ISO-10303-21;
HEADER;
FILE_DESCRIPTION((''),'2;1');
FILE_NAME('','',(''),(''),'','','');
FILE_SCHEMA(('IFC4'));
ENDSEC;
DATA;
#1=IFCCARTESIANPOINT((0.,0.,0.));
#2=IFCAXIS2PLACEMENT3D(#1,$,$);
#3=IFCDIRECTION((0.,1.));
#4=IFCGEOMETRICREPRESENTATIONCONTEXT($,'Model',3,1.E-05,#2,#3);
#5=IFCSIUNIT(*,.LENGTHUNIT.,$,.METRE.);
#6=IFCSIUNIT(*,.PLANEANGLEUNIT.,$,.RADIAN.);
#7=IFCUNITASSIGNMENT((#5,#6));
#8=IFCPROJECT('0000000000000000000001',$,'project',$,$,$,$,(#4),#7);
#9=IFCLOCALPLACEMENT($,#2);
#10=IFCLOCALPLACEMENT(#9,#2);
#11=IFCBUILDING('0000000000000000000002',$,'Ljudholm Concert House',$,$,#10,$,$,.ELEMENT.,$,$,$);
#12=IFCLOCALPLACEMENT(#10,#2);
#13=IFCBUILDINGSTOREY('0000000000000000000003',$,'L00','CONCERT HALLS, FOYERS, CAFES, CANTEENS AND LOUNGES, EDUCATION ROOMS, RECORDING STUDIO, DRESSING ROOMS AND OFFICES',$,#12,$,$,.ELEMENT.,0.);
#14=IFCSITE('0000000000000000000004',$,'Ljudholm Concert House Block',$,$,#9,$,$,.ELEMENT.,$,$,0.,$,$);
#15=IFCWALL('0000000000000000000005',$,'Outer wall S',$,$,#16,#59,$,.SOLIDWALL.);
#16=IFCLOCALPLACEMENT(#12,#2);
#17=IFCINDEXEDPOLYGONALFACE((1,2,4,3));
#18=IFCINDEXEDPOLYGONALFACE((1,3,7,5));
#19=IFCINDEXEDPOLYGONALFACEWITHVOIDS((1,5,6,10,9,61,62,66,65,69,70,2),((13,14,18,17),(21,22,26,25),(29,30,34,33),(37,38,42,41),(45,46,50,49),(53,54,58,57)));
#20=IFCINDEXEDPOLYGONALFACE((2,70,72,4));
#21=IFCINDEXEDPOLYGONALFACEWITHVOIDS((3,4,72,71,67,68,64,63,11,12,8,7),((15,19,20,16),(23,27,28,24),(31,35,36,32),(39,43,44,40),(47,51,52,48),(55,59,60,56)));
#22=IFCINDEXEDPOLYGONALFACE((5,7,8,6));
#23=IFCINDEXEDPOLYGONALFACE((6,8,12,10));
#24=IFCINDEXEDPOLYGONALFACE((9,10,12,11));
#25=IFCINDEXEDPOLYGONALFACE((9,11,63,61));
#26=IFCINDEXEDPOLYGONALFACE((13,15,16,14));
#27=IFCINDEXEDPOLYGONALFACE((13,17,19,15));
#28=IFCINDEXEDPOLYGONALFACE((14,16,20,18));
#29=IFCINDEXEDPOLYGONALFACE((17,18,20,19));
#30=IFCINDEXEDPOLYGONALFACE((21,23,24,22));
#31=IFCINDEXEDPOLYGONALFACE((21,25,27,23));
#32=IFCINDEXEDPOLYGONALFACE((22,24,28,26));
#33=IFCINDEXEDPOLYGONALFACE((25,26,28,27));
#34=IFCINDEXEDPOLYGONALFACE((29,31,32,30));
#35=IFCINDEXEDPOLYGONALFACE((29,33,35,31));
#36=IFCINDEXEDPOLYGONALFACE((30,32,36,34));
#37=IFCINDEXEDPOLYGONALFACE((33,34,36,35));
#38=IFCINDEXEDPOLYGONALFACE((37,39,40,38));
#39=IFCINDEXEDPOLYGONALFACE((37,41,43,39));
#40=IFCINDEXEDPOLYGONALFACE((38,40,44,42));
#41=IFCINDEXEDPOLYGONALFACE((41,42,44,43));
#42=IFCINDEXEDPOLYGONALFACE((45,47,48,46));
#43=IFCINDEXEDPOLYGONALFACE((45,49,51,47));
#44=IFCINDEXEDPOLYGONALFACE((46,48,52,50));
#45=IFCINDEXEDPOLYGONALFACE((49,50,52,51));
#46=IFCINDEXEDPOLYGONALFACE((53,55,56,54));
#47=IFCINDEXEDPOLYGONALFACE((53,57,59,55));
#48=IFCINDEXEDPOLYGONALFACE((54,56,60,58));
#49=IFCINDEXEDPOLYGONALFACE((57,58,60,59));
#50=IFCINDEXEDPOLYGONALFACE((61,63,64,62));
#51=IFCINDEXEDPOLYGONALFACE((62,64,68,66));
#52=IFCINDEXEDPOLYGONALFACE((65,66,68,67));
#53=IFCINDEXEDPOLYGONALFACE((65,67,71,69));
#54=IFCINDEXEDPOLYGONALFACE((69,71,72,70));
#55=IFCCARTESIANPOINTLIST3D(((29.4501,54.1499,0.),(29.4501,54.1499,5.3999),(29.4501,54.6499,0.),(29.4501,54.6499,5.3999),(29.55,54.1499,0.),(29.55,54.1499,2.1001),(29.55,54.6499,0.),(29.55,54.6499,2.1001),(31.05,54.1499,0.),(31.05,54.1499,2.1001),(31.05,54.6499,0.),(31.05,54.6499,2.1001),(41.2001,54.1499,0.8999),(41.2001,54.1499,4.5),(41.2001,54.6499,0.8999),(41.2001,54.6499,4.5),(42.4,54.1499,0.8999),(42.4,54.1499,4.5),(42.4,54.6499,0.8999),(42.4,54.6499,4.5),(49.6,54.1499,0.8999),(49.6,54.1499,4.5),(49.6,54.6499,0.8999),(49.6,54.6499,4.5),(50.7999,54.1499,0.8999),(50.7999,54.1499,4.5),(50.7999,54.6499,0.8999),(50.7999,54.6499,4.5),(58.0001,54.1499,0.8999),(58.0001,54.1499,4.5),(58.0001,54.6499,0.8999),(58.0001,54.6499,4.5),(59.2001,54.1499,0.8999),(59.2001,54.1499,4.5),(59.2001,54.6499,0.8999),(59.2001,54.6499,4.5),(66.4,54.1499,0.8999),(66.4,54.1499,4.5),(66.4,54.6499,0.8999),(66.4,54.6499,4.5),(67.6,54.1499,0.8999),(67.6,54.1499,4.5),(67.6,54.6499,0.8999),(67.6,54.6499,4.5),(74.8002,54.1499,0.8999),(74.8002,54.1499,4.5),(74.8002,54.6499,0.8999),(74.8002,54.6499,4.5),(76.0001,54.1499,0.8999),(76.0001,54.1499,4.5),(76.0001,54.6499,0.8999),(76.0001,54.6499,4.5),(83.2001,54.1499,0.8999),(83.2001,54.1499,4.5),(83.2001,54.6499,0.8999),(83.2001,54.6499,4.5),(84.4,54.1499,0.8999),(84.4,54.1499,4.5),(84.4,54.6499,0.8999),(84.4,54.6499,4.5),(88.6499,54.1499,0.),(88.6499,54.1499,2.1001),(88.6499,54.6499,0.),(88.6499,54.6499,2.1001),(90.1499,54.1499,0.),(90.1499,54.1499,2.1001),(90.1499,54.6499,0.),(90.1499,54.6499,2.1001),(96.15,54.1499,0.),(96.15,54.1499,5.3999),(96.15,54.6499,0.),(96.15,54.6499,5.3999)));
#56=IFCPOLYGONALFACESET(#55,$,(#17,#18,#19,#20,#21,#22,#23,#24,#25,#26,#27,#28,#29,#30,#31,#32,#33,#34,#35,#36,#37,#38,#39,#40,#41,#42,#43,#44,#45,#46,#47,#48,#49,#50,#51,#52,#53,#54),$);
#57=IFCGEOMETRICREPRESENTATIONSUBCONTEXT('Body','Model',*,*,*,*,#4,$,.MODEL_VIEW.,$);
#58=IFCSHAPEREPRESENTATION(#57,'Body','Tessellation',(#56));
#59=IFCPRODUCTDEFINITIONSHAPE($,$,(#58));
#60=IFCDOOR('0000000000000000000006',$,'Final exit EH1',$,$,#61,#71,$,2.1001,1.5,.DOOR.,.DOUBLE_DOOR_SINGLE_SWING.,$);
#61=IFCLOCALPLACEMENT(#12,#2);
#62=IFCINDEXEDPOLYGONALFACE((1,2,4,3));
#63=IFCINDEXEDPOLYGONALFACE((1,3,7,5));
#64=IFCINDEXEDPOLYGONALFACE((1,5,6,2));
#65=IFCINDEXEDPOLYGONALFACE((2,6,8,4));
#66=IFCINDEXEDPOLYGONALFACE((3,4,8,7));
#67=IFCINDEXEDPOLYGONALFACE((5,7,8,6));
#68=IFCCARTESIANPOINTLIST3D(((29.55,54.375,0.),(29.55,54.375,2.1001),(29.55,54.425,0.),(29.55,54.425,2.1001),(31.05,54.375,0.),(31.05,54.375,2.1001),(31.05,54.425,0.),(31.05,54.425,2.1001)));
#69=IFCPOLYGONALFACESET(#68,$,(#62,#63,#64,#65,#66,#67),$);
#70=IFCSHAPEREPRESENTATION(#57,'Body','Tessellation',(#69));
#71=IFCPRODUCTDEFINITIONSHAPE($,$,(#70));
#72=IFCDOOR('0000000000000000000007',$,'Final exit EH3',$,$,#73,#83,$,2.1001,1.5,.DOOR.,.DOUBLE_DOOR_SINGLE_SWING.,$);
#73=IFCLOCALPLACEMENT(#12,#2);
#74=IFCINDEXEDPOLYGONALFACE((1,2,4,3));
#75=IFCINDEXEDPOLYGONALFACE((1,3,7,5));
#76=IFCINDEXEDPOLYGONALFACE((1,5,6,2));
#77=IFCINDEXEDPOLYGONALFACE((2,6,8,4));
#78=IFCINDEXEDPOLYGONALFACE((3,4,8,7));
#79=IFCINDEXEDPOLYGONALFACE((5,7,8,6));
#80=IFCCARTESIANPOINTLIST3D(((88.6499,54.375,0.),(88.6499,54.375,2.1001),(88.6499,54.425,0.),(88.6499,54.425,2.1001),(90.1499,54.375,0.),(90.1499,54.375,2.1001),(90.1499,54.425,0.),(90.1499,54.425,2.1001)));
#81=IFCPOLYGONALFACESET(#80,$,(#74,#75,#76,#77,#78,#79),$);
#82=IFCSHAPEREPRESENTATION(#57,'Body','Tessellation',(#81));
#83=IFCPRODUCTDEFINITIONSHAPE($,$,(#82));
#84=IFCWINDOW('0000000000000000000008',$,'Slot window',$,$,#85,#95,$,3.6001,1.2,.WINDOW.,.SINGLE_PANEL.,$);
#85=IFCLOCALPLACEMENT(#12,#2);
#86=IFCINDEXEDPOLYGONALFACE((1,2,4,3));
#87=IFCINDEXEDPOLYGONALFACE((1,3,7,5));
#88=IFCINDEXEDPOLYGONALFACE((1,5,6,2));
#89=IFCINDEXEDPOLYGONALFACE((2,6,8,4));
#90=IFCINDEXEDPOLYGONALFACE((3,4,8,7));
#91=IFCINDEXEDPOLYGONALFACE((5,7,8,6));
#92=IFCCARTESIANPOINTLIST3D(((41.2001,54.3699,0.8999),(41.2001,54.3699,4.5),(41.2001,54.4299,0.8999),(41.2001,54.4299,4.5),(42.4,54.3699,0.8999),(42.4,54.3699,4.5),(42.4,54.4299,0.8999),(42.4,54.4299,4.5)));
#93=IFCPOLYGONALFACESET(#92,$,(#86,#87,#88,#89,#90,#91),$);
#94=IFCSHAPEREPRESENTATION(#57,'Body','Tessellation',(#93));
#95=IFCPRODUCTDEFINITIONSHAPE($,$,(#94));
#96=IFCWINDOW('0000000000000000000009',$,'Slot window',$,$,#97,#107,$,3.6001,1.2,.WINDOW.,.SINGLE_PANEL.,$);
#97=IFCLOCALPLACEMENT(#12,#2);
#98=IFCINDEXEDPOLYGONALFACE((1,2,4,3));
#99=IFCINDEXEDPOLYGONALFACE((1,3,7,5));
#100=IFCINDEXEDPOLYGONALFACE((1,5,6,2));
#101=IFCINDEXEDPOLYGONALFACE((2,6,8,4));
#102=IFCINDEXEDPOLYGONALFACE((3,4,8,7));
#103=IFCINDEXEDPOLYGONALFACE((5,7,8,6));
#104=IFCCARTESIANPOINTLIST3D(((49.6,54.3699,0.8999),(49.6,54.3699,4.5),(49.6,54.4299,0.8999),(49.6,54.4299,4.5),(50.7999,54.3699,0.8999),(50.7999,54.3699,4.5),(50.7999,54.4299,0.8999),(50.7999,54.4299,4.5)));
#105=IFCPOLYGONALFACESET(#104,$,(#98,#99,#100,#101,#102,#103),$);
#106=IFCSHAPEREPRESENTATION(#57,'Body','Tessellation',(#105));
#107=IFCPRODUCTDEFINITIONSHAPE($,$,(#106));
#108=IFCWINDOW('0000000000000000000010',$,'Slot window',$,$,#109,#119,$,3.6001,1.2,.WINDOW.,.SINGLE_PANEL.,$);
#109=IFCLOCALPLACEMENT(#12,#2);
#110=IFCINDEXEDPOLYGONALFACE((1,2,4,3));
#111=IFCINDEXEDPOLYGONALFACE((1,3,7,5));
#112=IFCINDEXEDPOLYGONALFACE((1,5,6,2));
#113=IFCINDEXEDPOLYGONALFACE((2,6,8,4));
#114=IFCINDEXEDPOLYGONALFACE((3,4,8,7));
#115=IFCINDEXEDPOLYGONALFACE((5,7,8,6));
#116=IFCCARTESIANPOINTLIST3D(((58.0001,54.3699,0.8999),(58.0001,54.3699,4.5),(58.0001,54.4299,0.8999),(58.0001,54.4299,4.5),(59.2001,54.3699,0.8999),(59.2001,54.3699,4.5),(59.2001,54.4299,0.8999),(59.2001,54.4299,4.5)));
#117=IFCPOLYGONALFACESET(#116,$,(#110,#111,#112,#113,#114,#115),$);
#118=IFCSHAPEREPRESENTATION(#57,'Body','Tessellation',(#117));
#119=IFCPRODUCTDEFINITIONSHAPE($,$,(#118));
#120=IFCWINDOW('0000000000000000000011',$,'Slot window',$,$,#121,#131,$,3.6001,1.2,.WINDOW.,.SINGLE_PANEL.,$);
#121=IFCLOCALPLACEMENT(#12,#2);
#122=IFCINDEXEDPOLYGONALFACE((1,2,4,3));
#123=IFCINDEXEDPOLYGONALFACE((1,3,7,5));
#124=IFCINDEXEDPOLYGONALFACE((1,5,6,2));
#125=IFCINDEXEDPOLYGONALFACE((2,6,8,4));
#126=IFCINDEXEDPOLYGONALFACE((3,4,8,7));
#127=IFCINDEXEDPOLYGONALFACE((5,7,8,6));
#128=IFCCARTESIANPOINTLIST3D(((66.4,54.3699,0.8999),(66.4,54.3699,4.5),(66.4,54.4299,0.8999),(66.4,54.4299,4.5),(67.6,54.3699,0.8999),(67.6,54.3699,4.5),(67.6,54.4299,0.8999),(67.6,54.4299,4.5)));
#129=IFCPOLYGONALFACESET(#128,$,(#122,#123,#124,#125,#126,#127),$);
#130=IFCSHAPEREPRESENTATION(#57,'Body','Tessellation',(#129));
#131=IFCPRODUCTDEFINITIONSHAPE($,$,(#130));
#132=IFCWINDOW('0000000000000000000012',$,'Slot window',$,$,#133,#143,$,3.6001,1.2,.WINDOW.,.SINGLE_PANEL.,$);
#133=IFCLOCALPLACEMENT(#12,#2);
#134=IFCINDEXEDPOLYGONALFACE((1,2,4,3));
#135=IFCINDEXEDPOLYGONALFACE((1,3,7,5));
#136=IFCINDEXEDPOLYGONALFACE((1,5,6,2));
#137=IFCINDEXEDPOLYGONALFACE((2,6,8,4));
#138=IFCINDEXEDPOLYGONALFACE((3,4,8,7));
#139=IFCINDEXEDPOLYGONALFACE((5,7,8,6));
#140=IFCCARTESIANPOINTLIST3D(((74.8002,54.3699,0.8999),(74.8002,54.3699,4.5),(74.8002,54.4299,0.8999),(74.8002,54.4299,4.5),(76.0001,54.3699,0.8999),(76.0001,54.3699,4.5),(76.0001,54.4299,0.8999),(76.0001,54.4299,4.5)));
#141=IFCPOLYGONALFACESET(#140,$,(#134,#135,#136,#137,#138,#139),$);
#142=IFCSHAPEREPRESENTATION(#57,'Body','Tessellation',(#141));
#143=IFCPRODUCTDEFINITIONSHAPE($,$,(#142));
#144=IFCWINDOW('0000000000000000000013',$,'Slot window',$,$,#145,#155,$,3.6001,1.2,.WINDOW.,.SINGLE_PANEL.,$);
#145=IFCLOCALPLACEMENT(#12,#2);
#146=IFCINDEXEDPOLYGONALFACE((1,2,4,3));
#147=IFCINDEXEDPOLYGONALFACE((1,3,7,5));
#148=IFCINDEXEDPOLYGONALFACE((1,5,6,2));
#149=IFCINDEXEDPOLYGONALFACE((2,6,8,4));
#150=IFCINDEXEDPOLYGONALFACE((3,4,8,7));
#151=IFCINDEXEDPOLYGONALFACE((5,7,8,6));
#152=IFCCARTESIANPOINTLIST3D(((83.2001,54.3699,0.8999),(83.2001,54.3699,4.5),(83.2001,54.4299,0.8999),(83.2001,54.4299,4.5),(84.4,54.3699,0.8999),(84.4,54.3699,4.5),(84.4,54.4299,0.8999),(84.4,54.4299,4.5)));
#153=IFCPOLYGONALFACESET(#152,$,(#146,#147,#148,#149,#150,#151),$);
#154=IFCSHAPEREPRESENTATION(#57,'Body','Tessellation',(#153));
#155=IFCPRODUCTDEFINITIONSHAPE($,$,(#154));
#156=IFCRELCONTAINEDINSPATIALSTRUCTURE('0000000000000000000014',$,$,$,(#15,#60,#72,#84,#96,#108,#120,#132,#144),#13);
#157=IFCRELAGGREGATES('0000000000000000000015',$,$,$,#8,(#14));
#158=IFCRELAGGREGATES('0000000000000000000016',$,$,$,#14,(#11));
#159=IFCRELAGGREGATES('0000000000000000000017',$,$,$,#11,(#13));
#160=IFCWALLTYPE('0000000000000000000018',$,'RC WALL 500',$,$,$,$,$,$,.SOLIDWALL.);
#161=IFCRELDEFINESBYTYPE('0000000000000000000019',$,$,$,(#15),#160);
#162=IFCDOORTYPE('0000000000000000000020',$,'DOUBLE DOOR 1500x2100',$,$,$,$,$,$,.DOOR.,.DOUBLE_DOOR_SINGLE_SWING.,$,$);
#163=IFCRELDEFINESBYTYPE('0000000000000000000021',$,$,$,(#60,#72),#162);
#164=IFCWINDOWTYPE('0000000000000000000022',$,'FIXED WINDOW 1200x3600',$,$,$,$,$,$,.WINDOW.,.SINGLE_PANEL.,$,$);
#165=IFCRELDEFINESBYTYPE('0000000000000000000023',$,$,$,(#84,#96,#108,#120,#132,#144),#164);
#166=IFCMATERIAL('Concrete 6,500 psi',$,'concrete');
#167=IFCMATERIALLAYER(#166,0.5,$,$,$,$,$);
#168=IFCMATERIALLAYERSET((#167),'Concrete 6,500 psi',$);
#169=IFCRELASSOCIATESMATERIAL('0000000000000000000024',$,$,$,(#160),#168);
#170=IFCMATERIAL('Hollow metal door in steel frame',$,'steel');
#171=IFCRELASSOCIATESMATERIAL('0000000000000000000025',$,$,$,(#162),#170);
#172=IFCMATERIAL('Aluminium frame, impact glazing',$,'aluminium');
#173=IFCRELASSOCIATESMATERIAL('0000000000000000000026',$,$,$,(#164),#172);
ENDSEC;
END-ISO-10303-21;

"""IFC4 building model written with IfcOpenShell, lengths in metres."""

from ifc_helpers import new_model, si_unit, direction, frame, frame_2d, origin, place, context, subcontext, project, spatial, rectangle, extrude, material, layer, layer_set, type_object, element, fill, save


model = new_model("IFC4")

# Units and contexts
model_context = context("Model", 3, precision=1e-05, world=origin(), true_north=direction((0.0, 1.0)))
body_context = subcontext(model_context, "Body", "Model", "MODEL_VIEW")
ifc_project = project(units=[si_unit("LENGTHUNIT", "METRE"), si_unit("PLANEANGLEUNIT", "RADIAN")], contexts=[model_context])

# Site, building, storey
site_placement = place(None, origin())
site = spatial("IfcSite", under=ifc_project, at=site_placement, Name="Ljudholm Concert House Block", CompositionType="ELEMENT", RefElevation=0.0)
building_placement = place(site_placement, origin())
building = spatial("IfcBuilding", under=site, at=building_placement, Name="Ljudholm Concert House", CompositionType="ELEMENT")
storey_placement = place(building_placement, origin())
storey = spatial("IfcBuildingStorey", under=building, at=storey_placement, Name="L00", Description="CONCERT HALLS, FOYERS, CAFES, CANTEENS AND LOUNGES, EDUCATION ROOMS, RECORDING STUDIO, DRESSING ROOMS AND OFFICES", CompositionType="ELEMENT", Elevation=0.0)

# Shared definitions
ifc_material_1 = material(Name="Concrete 6,500 psi", Category="concrete")
ifc_layer_1 = layer(ifc_material_1, 0.5)
ifc_layer_set_1 = layer_set([ifc_layer_1], Name="Concrete 6,500 psi")
wall_type_1 = type_object("IfcWallType", Name="RC WALL 500", PredefinedType="SOLIDWALL", material=ifc_layer_set_1)

# Wall, openings, doors, windows
wall_1_placement = place(storey_placement, frame((29.45, 54.3999, 0.0), z_axis=(0.0, 0.0, 1.0), x_axis=(1.0, 0.0, 0.0)))
wall_1 = element("IfcWall", 1, at=wall_1_placement, inside=storey, type_object=wall_type_1, Name="Outer wall S", PredefinedType="SOLIDWALL", context=body_context, shape_type="SweptSolid", body=[
    extrude(rectangle(XDim=66.7, YDim=0.5, at=frame_2d((33.3501, 0.0))), origin(), (0.0, 0.0, 1.0), 5.3999),
])
opening_1_placement = place(wall_1_placement, frame((11.75, 0.0, 0.8999)))
opening_1 = element("IfcOpeningElement", 2, at=opening_1_placement, cuts=wall_1, PredefinedType="OPENING", context=body_context, shape_type="SweptSolid", body=[
    extrude(rectangle(XDim=1.2, YDim=3.6001, at=frame_2d((0.6001, 1.8))), frame((0.0, 0.26, 0.0), z_axis=(0.0, -1.0, 0.0), x_axis=(1.0, 0.0, 0.0)), (0.0, 0.0, 1.0), 0.52),
])
opening_2_placement = place(wall_1_placement, frame((20.1499, 0.0, 0.8999)))
opening_2 = element("IfcOpeningElement", 3, at=opening_2_placement, cuts=wall_1, PredefinedType="OPENING", context=body_context, shape_type="SweptSolid", body=[
    extrude(rectangle(XDim=1.2, YDim=3.6001, at=frame_2d((0.6001, 1.8))), frame((0.0, 0.26, 0.0), z_axis=(0.0, -1.0, 0.0), x_axis=(1.0, 0.0, 0.0)), (0.0, 0.0, 1.0), 0.52),
])
opening_3_placement = place(wall_1_placement, frame((28.55, 0.0, 0.8999)))
opening_3 = element("IfcOpeningElement", 4, at=opening_3_placement, cuts=wall_1, PredefinedType="OPENING", context=body_context, shape_type="SweptSolid", body=[
    extrude(rectangle(XDim=1.2, YDim=3.6001, at=frame_2d((0.6001, 1.8))), frame((0.0, 0.26, 0.0), z_axis=(0.0, -1.0, 0.0), x_axis=(1.0, 0.0, 0.0)), (0.0, 0.0, 1.0), 0.52),
])
opening_4_placement = place(wall_1_placement, frame((36.95, 0.0, 0.8999)))
opening_4 = element("IfcOpeningElement", 5, at=opening_4_placement, cuts=wall_1, PredefinedType="OPENING", context=body_context, shape_type="SweptSolid", body=[
    extrude(rectangle(XDim=1.2, YDim=3.6001, at=frame_2d((0.6001, 1.8))), frame((0.0, 0.26, 0.0), z_axis=(0.0, -1.0, 0.0), x_axis=(1.0, 0.0, 0.0)), (0.0, 0.0, 1.0), 0.52),
])
opening_5_placement = place(wall_1_placement, frame((45.3501, 0.0, 0.8999)))
opening_5 = element("IfcOpeningElement", 6, at=opening_5_placement, cuts=wall_1, PredefinedType="OPENING", context=body_context, shape_type="SweptSolid", body=[
    extrude(rectangle(XDim=1.2, YDim=3.6001, at=frame_2d((0.6001, 1.8))), frame((0.0, 0.26, 0.0), z_axis=(0.0, -1.0, 0.0), x_axis=(1.0, 0.0, 0.0)), (0.0, 0.0, 1.0), 0.52),
])
opening_6_placement = place(wall_1_placement, frame((53.75, 0.0, 0.8999)))
opening_6 = element("IfcOpeningElement", 7, at=opening_6_placement, cuts=wall_1, PredefinedType="OPENING", context=body_context, shape_type="SweptSolid", body=[
    extrude(rectangle(XDim=1.2, YDim=3.6001, at=frame_2d((0.6001, 1.8))), frame((0.0, 0.26, 0.0), z_axis=(0.0, -1.0, 0.0), x_axis=(1.0, 0.0, 0.0)), (0.0, 0.0, 1.0), 0.52),
])
opening_7_placement = place(wall_1_placement, frame((0.1001, 0.0, 0.0)))
opening_7 = element("IfcOpeningElement", 8, at=opening_7_placement, cuts=wall_1, PredefinedType="OPENING", context=body_context, shape_type="SweptSolid", body=[
    extrude(rectangle(XDim=1.5, YDim=2.1001, at=frame_2d((0.75, 1.05))), frame((0.0, 0.26, 0.0), z_axis=(0.0, -1.0, 0.0), x_axis=(1.0, 0.0, 0.0)), (0.0, 0.0, 1.0), 0.52),
])
opening_8_placement = place(wall_1_placement, frame((59.2, 0.0, 0.0)))
opening_8 = element("IfcOpeningElement", 9, at=opening_8_placement, cuts=wall_1, PredefinedType="OPENING", context=body_context, shape_type="SweptSolid", body=[
    extrude(rectangle(XDim=1.5, YDim=2.1001, at=frame_2d((0.75, 1.05))), frame((0.0, 0.26, 0.0), z_axis=(0.0, -1.0, 0.0), x_axis=(1.0, 0.0, 0.0)), (0.0, 0.0, 1.0), 0.52),
])
ifc_material_2 = material(Name="Hollow metal door in steel frame", Category="steel")
door_type_1 = type_object("IfcDoorType", Name="DOUBLE DOOR 1500x2100", OperationType="DOUBLE_DOOR_SINGLE_SWING", PredefinedType="DOOR", material=ifc_material_2)
door_1_placement = place(opening_7_placement, frame((1.5, 0.0, 0.0), z_axis=(0.0, 0.0, 1.0), x_axis=(-1.0, 0.0, 0.0)))
door_1 = element("IfcDoor", 10, at=door_1_placement, inside=storey, type_object=door_type_1, Name="Final exit EH1", OperationType="DOUBLE_DOOR_SINGLE_SWING", OverallHeight=2.1001, OverallWidth=1.5, PredefinedType="DOOR", context=body_context, shape_type="SweptSolid", body=[
    extrude(rectangle(XDim=1.5, YDim=2.1001, at=frame_2d((0.75, 1.05))), frame((0.0, 0.0249, 0.0), z_axis=(0.0, -1.0, 0.0), x_axis=(1.0, 0.0, 0.0)), (0.0, 0.0, 1.0), 0.05),
])
fill(opening_7, door_1)
door_2_placement = place(opening_8_placement, frame((1.5, 0.0, 0.0), z_axis=(0.0, 0.0, 1.0), x_axis=(-1.0, 0.0, 0.0)))
door_2 = element("IfcDoor", 11, at=door_2_placement, inside=storey, type_object=door_type_1, Name="Final exit EH3", OperationType="DOUBLE_DOOR_SINGLE_SWING", OverallHeight=2.1001, OverallWidth=1.5, PredefinedType="DOOR", context=body_context, shape_type="SweptSolid", body=[
    extrude(rectangle(XDim=1.5, YDim=2.1001, at=frame_2d((0.75, 1.05))), frame((0.0, 0.0249, 0.0), z_axis=(0.0, -1.0, 0.0), x_axis=(1.0, 0.0, 0.0)), (0.0, 0.0, 1.0), 0.05),
])
fill(opening_8, door_2)
ifc_material_3 = material(Name="Aluminium frame, impact glazing", Category="aluminium")
window_type = type_object("IfcWindowType", Name="FIXED WINDOW 1200x3600", PartitioningType="SINGLE_PANEL", PredefinedType="WINDOW", material=ifc_material_3)
window_1_placement = place(opening_1_placement, origin())
window_1 = element("IfcWindow", 12, at=window_1_placement, inside=storey, type_object=window_type, Name="Slot window", OverallHeight=3.6001, OverallWidth=1.2, PartitioningType="SINGLE_PANEL", PredefinedType="WINDOW", context=body_context, shape_type="SweptSolid", body=[
    extrude(rectangle(XDim=1.2, YDim=3.6001, at=frame_2d((0.6001, 1.8))), frame((0.0, 0.03, 0.0), z_axis=(0.0, -1.0, 0.0), x_axis=(1.0, 0.0, 0.0)), (0.0, 0.0, 1.0), 0.0601),
])
fill(opening_1, window_1)
window_2_placement = place(opening_2_placement, origin())
window_2 = element("IfcWindow", 13, at=window_2_placement, inside=storey, type_object=window_type, Name="Slot window", OverallHeight=3.6001, OverallWidth=1.2, PartitioningType="SINGLE_PANEL", PredefinedType="WINDOW", context=body_context, shape_type="SweptSolid", body=[
    extrude(rectangle(XDim=1.2, YDim=3.6001, at=frame_2d((0.6001, 1.8))), frame((0.0, 0.03, 0.0), z_axis=(0.0, -1.0, 0.0), x_axis=(1.0, 0.0, 0.0)), (0.0, 0.0, 1.0), 0.0601),
])
fill(opening_2, window_2)
window_3_placement = place(opening_3_placement, origin())
window_3 = element("IfcWindow", 14, at=window_3_placement, inside=storey, type_object=window_type, Name="Slot window", OverallHeight=3.6001, OverallWidth=1.2, PartitioningType="SINGLE_PANEL", PredefinedType="WINDOW", context=body_context, shape_type="SweptSolid", body=[
    extrude(rectangle(XDim=1.2, YDim=3.6001, at=frame_2d((0.6001, 1.8))), frame((0.0, 0.03, 0.0), z_axis=(0.0, -1.0, 0.0), x_axis=(1.0, 0.0, 0.0)), (0.0, 0.0, 1.0), 0.0601),
])
fill(opening_3, window_3)
window_4_placement = place(opening_4_placement, origin())
window_4 = element("IfcWindow", 15, at=window_4_placement, inside=storey, type_object=window_type, Name="Slot window", OverallHeight=3.6001, OverallWidth=1.2, PartitioningType="SINGLE_PANEL", PredefinedType="WINDOW", context=body_context, shape_type="SweptSolid", body=[
    extrude(rectangle(XDim=1.2, YDim=3.6001, at=frame_2d((0.6001, 1.8))), frame((0.0, 0.03, 0.0), z_axis=(0.0, -1.0, 0.0), x_axis=(1.0, 0.0, 0.0)), (0.0, 0.0, 1.0), 0.0601),
])
fill(opening_4, window_4)
window_5_placement = place(opening_5_placement, origin())
window_5 = element("IfcWindow", 16, at=window_5_placement, inside=storey, type_object=window_type, Name="Slot window", OverallHeight=3.6001, OverallWidth=1.2, PartitioningType="SINGLE_PANEL", PredefinedType="WINDOW", context=body_context, shape_type="SweptSolid", body=[
    extrude(rectangle(XDim=1.2, YDim=3.6001, at=frame_2d((0.6001, 1.8))), frame((0.0, 0.03, 0.0), z_axis=(0.0, -1.0, 0.0), x_axis=(1.0, 0.0, 0.0)), (0.0, 0.0, 1.0), 0.0601),
])
fill(opening_5, window_5)
window_6_placement = place(opening_6_placement, origin())
window_6 = element("IfcWindow", 17, at=window_6_placement, inside=storey, type_object=window_type, Name="Slot window", OverallHeight=3.6001, OverallWidth=1.2, PartitioningType="SINGLE_PANEL", PredefinedType="WINDOW", context=body_context, shape_type="SweptSolid", body=[
    extrude(rectangle(XDim=1.2, YDim=3.6001, at=frame_2d((0.6001, 1.8))), frame((0.0, 0.03, 0.0), z_axis=(0.0, -1.0, 0.0), x_axis=(1.0, 0.0, 0.0)), (0.0, 0.0, 1.0), 0.0601),
])
fill(opening_6, window_6)

save(model, "model.ifc")
